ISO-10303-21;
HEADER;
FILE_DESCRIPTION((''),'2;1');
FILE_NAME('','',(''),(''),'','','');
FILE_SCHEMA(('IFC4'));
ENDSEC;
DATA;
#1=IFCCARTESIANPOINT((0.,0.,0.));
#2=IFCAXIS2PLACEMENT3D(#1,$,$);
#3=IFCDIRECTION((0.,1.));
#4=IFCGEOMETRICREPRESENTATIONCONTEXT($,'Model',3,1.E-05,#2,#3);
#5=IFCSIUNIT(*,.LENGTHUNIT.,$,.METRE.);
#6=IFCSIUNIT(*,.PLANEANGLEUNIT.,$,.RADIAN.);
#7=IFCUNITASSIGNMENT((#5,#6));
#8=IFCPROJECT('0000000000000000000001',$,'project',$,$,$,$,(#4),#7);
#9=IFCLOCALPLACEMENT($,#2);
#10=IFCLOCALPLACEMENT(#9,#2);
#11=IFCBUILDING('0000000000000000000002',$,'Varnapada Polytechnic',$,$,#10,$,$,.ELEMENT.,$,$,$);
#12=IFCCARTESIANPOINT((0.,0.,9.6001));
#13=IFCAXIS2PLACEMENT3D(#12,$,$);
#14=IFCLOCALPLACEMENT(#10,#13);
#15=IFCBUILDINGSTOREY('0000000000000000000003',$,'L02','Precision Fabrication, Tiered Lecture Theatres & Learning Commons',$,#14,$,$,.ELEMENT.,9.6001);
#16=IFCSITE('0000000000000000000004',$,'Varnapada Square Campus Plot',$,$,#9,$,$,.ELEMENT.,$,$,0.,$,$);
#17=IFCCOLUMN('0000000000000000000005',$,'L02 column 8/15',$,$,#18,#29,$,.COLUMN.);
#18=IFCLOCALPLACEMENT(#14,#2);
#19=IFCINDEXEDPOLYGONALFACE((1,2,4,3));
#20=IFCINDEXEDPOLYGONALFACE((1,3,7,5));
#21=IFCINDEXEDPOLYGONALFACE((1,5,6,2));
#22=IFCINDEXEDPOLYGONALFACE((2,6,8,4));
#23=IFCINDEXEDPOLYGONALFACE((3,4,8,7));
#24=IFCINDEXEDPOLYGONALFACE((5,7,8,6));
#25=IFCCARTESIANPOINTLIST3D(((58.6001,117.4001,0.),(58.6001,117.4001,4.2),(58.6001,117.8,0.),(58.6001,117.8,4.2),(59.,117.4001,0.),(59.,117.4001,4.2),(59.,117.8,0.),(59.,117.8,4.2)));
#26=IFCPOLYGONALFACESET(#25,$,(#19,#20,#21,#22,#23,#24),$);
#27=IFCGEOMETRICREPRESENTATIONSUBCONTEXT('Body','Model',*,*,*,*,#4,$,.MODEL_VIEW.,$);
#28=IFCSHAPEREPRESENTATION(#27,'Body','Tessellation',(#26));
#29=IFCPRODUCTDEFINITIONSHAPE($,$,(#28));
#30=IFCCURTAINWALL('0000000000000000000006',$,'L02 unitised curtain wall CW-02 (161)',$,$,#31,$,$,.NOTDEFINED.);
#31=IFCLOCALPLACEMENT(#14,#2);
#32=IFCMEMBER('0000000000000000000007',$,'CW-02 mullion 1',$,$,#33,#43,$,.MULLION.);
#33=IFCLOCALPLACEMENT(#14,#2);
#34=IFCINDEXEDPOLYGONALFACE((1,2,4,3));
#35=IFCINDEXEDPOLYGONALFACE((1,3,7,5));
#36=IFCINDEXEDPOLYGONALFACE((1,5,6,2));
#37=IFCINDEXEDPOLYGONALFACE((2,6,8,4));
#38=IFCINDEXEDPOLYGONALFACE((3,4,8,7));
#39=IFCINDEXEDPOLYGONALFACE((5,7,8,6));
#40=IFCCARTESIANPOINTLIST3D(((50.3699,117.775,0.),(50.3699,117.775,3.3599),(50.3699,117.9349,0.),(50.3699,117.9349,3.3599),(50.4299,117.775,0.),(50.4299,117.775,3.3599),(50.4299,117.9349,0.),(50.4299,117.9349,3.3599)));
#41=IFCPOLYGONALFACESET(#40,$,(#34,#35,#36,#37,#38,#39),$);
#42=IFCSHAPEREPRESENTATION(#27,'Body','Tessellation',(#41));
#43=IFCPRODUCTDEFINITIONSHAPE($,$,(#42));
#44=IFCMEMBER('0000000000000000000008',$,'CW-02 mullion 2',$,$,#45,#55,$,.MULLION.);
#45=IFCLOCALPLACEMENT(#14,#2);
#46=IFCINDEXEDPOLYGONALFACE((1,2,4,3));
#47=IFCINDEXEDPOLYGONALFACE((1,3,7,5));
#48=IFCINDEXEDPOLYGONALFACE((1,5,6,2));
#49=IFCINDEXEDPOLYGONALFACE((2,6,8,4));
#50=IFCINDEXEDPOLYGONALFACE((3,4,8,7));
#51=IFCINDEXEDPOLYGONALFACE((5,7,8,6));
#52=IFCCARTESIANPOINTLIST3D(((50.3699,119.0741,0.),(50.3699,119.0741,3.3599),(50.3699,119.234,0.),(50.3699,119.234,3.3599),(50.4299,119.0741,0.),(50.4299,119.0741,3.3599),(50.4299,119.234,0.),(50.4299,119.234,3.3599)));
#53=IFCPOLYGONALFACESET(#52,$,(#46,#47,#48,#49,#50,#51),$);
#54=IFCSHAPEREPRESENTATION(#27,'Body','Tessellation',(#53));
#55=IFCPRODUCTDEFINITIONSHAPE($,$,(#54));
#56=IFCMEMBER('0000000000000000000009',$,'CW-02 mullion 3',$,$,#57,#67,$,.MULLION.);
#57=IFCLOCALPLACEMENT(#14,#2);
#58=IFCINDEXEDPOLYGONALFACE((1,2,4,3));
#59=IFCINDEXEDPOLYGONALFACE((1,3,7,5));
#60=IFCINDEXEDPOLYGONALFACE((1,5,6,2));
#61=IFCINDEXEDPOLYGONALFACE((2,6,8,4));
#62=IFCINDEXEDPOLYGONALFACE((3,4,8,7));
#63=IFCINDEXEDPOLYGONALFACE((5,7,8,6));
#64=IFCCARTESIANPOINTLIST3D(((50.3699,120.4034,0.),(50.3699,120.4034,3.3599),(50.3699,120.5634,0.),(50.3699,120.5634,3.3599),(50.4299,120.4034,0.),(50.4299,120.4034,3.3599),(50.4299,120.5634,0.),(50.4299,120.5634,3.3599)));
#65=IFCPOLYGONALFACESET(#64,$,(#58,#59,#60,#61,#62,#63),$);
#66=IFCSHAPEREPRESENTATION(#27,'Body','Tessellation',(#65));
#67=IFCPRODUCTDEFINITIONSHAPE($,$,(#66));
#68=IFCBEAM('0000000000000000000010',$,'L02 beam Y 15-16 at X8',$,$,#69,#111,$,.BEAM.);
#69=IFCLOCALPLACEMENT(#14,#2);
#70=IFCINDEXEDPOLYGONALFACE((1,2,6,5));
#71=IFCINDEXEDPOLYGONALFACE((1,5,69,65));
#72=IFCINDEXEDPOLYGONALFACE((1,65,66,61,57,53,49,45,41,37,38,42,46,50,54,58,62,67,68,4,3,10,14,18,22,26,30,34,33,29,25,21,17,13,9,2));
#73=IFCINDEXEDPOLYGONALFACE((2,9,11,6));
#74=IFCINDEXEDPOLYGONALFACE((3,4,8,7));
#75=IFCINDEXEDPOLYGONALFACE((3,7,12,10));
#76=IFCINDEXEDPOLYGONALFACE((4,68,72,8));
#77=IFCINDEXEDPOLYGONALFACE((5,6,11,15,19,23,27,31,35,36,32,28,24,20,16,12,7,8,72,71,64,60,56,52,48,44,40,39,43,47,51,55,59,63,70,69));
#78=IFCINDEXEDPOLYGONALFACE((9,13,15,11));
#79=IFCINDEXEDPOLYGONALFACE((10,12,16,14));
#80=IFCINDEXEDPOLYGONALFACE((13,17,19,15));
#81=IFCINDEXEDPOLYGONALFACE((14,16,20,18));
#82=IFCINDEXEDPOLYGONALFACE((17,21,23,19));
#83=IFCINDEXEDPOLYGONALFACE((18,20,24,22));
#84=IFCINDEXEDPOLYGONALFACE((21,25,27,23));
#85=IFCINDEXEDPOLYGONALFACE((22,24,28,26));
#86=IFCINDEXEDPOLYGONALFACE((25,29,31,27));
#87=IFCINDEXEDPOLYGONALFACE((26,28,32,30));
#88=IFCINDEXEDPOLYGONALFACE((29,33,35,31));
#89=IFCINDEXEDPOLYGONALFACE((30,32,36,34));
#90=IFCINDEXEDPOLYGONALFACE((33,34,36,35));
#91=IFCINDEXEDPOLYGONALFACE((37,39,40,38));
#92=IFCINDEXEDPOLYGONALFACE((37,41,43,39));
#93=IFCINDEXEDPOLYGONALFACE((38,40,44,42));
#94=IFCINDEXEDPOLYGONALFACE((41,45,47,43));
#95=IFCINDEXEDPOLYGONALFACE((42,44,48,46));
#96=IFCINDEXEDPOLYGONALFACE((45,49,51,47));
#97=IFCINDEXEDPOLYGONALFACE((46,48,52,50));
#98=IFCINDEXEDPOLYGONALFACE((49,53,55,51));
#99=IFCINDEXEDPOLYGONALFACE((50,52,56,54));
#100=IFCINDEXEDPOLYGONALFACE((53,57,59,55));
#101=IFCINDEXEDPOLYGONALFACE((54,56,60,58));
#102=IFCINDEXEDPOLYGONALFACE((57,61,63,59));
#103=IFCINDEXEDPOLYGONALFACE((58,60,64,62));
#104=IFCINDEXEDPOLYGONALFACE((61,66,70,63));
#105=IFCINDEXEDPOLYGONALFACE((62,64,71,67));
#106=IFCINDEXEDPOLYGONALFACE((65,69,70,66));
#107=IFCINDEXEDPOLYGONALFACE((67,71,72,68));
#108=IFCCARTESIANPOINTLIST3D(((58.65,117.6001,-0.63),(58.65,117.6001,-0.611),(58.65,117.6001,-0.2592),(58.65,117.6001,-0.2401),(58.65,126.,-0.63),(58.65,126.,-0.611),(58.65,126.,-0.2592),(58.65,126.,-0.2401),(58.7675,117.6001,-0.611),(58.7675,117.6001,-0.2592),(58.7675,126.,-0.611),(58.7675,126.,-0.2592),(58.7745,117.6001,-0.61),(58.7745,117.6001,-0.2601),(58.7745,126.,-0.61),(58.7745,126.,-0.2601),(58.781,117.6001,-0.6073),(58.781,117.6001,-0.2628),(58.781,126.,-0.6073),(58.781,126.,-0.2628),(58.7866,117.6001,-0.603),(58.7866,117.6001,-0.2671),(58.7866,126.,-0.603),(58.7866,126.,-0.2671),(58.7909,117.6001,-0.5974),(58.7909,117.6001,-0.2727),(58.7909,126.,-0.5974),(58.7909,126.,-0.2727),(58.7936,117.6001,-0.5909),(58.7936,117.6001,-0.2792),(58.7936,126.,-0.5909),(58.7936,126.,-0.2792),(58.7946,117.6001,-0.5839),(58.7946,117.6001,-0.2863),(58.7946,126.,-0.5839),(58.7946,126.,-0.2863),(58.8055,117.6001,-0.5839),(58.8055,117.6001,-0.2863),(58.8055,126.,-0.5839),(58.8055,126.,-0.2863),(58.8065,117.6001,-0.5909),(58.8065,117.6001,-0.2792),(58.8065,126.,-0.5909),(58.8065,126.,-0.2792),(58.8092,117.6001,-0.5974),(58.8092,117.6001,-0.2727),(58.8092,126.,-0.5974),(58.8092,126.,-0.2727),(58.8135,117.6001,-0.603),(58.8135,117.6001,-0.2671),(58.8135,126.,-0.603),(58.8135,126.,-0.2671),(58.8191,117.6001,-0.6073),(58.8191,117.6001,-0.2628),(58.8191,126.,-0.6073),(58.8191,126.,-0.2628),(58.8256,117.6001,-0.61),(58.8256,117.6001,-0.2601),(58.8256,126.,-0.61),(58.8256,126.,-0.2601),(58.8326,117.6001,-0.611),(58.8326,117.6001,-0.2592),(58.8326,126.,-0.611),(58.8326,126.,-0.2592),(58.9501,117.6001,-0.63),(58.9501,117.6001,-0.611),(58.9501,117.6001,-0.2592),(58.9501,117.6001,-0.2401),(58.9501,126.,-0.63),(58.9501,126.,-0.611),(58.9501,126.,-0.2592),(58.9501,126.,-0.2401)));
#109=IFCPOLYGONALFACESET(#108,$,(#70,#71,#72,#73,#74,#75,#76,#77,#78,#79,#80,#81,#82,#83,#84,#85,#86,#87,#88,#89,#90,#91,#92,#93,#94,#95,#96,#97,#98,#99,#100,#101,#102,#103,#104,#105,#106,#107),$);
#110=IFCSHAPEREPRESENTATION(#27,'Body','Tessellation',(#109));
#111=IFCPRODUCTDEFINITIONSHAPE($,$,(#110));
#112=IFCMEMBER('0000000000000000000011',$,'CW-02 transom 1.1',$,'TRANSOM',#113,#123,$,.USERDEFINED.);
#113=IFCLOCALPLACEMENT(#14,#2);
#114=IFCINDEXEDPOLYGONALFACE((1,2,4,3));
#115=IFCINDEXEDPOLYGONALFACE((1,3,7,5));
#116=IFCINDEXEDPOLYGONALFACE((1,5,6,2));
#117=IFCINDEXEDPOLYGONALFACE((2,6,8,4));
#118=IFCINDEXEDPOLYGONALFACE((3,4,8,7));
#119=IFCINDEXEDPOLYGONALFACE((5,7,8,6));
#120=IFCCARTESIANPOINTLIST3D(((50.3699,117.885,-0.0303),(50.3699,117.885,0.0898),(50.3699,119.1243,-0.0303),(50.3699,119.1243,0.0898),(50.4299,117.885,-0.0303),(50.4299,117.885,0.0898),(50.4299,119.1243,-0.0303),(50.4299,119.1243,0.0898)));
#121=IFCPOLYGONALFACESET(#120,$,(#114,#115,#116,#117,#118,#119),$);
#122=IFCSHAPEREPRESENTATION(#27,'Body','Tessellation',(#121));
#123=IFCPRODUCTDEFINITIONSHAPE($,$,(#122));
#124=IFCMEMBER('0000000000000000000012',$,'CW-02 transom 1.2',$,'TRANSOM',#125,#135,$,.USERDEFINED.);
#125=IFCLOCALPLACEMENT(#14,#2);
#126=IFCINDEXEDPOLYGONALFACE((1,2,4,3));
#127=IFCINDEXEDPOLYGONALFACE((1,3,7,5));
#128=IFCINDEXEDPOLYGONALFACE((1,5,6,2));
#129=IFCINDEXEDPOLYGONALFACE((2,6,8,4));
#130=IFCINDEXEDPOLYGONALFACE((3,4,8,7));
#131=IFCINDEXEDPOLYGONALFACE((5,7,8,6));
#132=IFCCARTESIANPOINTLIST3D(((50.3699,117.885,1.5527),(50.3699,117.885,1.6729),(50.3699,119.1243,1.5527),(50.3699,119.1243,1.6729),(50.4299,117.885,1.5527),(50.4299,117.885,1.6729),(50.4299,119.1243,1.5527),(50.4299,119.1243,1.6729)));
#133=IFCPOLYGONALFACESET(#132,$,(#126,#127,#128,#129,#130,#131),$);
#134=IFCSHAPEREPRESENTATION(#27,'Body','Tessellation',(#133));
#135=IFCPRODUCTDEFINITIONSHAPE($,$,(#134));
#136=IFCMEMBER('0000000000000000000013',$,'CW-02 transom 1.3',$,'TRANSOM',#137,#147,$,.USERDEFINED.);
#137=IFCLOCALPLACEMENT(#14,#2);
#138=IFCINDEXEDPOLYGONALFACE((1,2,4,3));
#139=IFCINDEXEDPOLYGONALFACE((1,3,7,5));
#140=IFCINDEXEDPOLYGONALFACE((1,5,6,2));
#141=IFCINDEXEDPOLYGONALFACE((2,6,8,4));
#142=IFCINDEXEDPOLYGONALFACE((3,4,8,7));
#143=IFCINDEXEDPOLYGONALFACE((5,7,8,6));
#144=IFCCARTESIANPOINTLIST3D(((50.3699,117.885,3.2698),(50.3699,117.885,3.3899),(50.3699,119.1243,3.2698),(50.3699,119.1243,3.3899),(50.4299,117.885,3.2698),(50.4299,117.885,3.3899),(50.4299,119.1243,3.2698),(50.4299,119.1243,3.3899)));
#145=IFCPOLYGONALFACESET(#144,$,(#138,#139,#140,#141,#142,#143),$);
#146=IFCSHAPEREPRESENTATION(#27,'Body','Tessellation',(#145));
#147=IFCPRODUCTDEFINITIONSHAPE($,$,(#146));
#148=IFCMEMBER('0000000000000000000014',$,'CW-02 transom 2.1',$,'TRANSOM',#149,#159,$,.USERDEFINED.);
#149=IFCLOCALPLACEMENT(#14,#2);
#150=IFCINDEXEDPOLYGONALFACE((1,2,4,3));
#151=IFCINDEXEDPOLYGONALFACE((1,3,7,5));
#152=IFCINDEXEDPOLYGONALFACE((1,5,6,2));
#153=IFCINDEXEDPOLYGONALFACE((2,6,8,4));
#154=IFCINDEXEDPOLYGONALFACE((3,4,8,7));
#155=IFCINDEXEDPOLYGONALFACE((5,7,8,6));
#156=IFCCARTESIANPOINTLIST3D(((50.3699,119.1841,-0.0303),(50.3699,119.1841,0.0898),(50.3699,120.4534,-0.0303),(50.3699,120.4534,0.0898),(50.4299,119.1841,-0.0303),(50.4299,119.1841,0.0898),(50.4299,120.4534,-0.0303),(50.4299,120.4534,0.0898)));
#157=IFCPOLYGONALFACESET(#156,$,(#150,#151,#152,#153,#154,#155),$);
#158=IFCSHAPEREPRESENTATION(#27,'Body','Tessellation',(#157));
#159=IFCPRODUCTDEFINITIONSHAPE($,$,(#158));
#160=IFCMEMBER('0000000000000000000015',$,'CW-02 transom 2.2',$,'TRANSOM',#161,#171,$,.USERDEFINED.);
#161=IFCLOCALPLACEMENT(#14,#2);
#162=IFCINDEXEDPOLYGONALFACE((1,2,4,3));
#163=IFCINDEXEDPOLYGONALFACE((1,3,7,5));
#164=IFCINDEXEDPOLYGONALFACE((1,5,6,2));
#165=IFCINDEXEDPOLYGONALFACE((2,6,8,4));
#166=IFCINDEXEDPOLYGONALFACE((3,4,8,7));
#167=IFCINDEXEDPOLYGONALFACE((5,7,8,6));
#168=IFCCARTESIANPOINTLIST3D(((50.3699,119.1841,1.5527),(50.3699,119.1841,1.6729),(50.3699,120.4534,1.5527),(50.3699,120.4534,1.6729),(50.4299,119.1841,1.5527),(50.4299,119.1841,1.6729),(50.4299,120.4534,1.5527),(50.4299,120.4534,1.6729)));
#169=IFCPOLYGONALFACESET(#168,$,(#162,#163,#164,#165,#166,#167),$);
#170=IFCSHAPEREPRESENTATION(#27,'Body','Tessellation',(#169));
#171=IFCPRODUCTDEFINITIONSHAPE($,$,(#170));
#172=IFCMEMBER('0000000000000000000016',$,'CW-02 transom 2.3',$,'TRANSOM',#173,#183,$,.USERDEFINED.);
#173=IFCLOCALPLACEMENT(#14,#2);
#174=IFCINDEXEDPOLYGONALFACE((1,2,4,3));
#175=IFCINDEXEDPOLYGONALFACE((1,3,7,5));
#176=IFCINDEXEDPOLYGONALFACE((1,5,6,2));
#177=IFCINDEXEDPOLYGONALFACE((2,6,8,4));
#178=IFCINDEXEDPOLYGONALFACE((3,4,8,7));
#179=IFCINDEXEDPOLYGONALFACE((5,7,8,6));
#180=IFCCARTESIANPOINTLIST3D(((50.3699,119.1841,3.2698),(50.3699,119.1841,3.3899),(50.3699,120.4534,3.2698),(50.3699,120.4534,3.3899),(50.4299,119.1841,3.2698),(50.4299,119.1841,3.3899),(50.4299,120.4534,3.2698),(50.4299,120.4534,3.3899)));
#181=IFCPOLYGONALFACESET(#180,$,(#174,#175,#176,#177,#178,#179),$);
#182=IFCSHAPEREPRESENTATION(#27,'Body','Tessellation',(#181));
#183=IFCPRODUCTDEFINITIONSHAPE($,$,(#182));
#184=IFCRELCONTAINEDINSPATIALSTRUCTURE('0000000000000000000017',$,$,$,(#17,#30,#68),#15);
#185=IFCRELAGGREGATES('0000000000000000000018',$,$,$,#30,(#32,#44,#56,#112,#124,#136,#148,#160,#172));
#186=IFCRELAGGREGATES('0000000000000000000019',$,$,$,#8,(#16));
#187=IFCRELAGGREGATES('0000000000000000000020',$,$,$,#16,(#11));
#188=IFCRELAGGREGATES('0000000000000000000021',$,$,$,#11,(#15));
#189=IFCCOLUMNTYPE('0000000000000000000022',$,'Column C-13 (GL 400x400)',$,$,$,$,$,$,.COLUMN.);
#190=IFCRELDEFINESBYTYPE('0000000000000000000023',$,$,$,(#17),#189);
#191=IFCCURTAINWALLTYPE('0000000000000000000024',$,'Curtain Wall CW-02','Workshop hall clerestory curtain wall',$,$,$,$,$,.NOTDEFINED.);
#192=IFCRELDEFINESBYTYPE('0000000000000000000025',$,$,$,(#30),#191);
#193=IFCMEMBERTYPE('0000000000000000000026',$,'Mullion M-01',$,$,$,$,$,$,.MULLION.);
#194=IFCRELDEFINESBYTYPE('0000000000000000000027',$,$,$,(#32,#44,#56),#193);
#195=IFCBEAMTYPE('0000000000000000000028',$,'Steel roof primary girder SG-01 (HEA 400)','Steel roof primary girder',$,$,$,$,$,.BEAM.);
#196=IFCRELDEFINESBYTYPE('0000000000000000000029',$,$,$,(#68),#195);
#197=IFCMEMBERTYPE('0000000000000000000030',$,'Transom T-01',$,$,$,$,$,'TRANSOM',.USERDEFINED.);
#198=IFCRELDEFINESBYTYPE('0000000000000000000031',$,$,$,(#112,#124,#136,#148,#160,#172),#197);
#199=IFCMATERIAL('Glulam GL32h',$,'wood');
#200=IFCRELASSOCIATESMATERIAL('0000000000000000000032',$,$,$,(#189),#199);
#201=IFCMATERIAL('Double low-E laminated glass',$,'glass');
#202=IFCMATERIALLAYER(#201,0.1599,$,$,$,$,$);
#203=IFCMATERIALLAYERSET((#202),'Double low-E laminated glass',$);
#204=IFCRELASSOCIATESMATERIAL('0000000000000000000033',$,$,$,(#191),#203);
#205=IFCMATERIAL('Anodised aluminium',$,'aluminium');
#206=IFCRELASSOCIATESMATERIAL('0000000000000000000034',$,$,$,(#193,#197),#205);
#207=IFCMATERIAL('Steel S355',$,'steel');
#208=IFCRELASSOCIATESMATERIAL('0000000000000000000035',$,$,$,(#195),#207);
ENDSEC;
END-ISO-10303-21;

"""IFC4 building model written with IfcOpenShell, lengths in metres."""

from ifc_helpers import new_model, si_unit, direction, frame, origin, origin_2d, place, context, subcontext, project, spatial, rectangle, i_section, extrude, material, layer, layer_set, material_profile, profile_set, type_object, element, aggregate, save


model = new_model("IFC4")

# Units and contexts
model_context = context("Model", 3, precision=1e-05, world=origin(), true_north=direction((0.0, 1.0)))
body_context = subcontext(model_context, "Body", "Model", "MODEL_VIEW")
ifc_project = project(units=[si_unit("LENGTHUNIT", "METRE"), si_unit("PLANEANGLEUNIT", "RADIAN")], contexts=[model_context])

# Site, building, storey
site_placement = place(None, origin())
site = spatial("IfcSite", under=ifc_project, at=site_placement, Name="Varnapada Square Campus Plot", CompositionType="ELEMENT", RefElevation=0.0)
building_placement = place(site_placement, origin())
building = spatial("IfcBuilding", under=site, at=building_placement, Name="Varnapada Polytechnic", CompositionType="ELEMENT")
storey_placement = place(building_placement, frame((0.0, 0.0, 9.6001)))
storey = spatial("IfcBuildingStorey", under=building, at=storey_placement, Name="L02", Description="Precision Fabrication, Tiered Lecture Theatres & Learning Commons", CompositionType="ELEMENT", Elevation=9.6001)

# Column
ifc_material_1 = material(Name="Glulam GL32h", Category="wood")
ifc_material_profile_1 = material_profile(ifc_material_1, rectangle(XDim=0.3999, YDim=0.3999, at=origin_2d()), Name="GL 400x400")
ifc_profile_set_1 = profile_set([ifc_material_profile_1], Name="Glulam GL32h")
column_type = type_object("IfcColumnType", Name="Column C-13 (GL 400x400)", PredefinedType="COLUMN", material=ifc_profile_set_1)
column_placement = place(storey_placement, frame((58.8, 117.6001, 0.0), z_axis=(0.0, 0.0, 1.0), x_axis=(1.0, 0.0, 0.0)))
element("IfcColumn", 1, at=column_placement, inside=storey, type_object=column_type, Name="L02 column 8/15", PredefinedType="COLUMN", context=body_context, shape_type="SweptSolid", body=[
    extrude(rectangle(XDim=0.3999, YDim=0.3999, at=origin_2d()), origin(), (0.0, 0.0, 1.0), 4.2),
])

# Curtain wall, members
ifc_material_2 = material(Name="Double low-E laminated glass", Category="glass")
ifc_layer_1 = layer(ifc_material_2, 0.1599)
ifc_layer_set_1 = layer_set([ifc_layer_1], Name="Double low-E laminated glass")
curtain_wall_type = type_object("IfcCurtainWallType", Name="Curtain Wall CW-02", Description="Workshop hall clerestory curtain wall", PredefinedType="NOTDEFINED", material=ifc_layer_set_1)
curtain_wall_placement = place(storey_placement, origin())
curtain_wall = element("IfcCurtainWall", 2, at=curtain_wall_placement, inside=storey, type_object=curtain_wall_type, Name="L02 unitised curtain wall CW-02 (161)", PredefinedType="NOTDEFINED")
ifc_material_3 = material(Name="Anodised aluminium", Category="aluminium")
ifc_material_profile_2 = material_profile(ifc_material_3, rectangle(XDim=0.0601, YDim=0.1599, at=origin_2d()), Name="ALU M60x160")
ifc_profile_set_2 = profile_set([ifc_material_profile_2], Name="Anodised aluminium")
member_type_1 = type_object("IfcMemberType", Name="Mullion M-01", PredefinedType="MULLION", material=ifc_profile_set_2)
member_1_placement = place(storey_placement, frame((50.3999, 117.855, 0.0), z_axis=(0.0, 0.0, 1.0), x_axis=(-1.0, 0.0, 0.0)))
member_1 = element("IfcMember", 3, at=member_1_placement, type_object=member_type_1, Name="CW-02 mullion 1", PredefinedType="MULLION", context=body_context, shape_type="SweptSolid", body=[
    extrude(rectangle(XDim=0.0601, YDim=0.1599, at=origin_2d()), origin(), (0.0, 0.0, 1.0), 3.3599),
])
member_2_placement = place(storey_placement, frame((50.3999, 119.1541, 0.0), z_axis=(0.0, 0.0, 1.0), x_axis=(-1.0, 0.0, 0.0)))
member_2 = element("IfcMember", 4, at=member_2_placement, type_object=member_type_1, Name="CW-02 mullion 2", PredefinedType="MULLION", context=body_context, shape_type="SweptSolid", body=[
    extrude(rectangle(XDim=0.0601, YDim=0.1599, at=origin_2d()), origin(), (0.0, 0.0, 1.0), 3.3599),
])
member_3_placement = place(storey_placement, frame((50.3999, 120.4834, 0.0), z_axis=(0.0, 0.0, 1.0), x_axis=(-1.0, 0.0, 0.0)))
member_3 = element("IfcMember", 5, at=member_3_placement, type_object=member_type_1, Name="CW-02 mullion 3", PredefinedType="MULLION", context=body_context, shape_type="SweptSolid", body=[
    extrude(rectangle(XDim=0.0601, YDim=0.1599, at=origin_2d()), origin(), (0.0, 0.0, 1.0), 3.3599),
])

# Beam
ifc_material_4 = material(Name="Steel S355", Category="steel")
ifc_material_profile_3 = material_profile(ifc_material_4, i_section(OverallWidth=0.3, OverallDepth=0.3899, WebThickness=0.011, FlangeThickness=0.019, FilletRadius=0.0271, at=origin_2d()), Name="HEA 400")
ifc_profile_set_3 = profile_set([ifc_material_profile_3], Name="Steel S355")
beam_type_1 = type_object("IfcBeamType", Name="Steel roof primary girder SG-01 (HEA 400)", Description="Steel roof primary girder", PredefinedType="BEAM", material=ifc_profile_set_3)
beam_1_placement = place(storey_placement, frame((58.8, 117.6001, -0.4351), z_axis=(0.0, 1.0, 0.0), x_axis=(-1.0, 0.0, 0.0)))
element("IfcBeam", 6, at=beam_1_placement, inside=storey, type_object=beam_type_1, Name="L02 beam Y 15-16 at X8", PredefinedType="BEAM", context=body_context, shape_type="SweptSolid", body=[
    extrude(i_section(OverallWidth=0.3, OverallDepth=0.3899, WebThickness=0.011, FlangeThickness=0.019, FilletRadius=0.0271, at=origin_2d()), origin(), (0.0, 0.0, 1.0), 8.3999),
])

# Members
ifc_material_profile_4 = material_profile(ifc_material_3, rectangle(XDim=0.0601, YDim=0.1201, at=origin_2d()), Name="ALU T60x120")
ifc_profile_set_4 = profile_set([ifc_material_profile_4], Name="Anodised aluminium")
member_type_2 = type_object("IfcMemberType", Name="Transom T-01", ElementType="TRANSOM", PredefinedType="USERDEFINED", material=ifc_profile_set_4)
member_4_placement = place(storey_placement, frame((50.3999, 117.885, 0.0298), z_axis=(0.0, 1.0, 0.0), x_axis=(-1.0, 0.0, 0.0)))
member_4 = element("IfcMember", 7, at=member_4_placement, type_object=member_type_2, Name="CW-02 transom 1.1", ObjectType="TRANSOM", PredefinedType="USERDEFINED", context=body_context, shape_type="SweptSolid", body=[
    extrude(rectangle(XDim=0.0601, YDim=0.1201, at=origin_2d()), origin(), (0.0, 0.0, 1.0), 1.2393),
])
member_5_placement = place(storey_placement, frame((50.3999, 117.885, 1.6128), z_axis=(0.0, 1.0, 0.0), x_axis=(-1.0, 0.0, 0.0)))
member_5 = element("IfcMember", 8, at=member_5_placement, type_object=member_type_2, Name="CW-02 transom 1.2", ObjectType="TRANSOM", PredefinedType="USERDEFINED", context=body_context, shape_type="SweptSolid", body=[
    extrude(rectangle(XDim=0.0601, YDim=0.1201, at=origin_2d()), origin(), (0.0, 0.0, 1.0), 1.2393),
])
member_6_placement = place(storey_placement, frame((50.3999, 117.885, 3.3298), z_axis=(0.0, 1.0, 0.0), x_axis=(-1.0, 0.0, 0.0)))
member_6 = element("IfcMember", 9, at=member_6_placement, type_object=member_type_2, Name="CW-02 transom 1.3", ObjectType="TRANSOM", PredefinedType="USERDEFINED", context=body_context, shape_type="SweptSolid", body=[
    extrude(rectangle(XDim=0.0601, YDim=0.1201, at=origin_2d()), origin(), (0.0, 0.0, 1.0), 1.2393),
])
member_7_placement = place(storey_placement, frame((50.3999, 119.1841, 0.0298), z_axis=(0.0, 1.0, 0.0), x_axis=(-1.0, 0.0, 0.0)))
member_7 = element("IfcMember", 10, at=member_7_placement, type_object=member_type_2, Name="CW-02 transom 2.1", ObjectType="TRANSOM", PredefinedType="USERDEFINED", context=body_context, shape_type="SweptSolid", body=[
    extrude(rectangle(XDim=0.0601, YDim=0.1201, at=origin_2d()), origin(), (0.0, 0.0, 1.0), 1.2693),
])
member_8_placement = place(storey_placement, frame((50.3999, 119.1841, 1.6128), z_axis=(0.0, 1.0, 0.0), x_axis=(-1.0, 0.0, 0.0)))
member_8 = element("IfcMember", 11, at=member_8_placement, type_object=member_type_2, Name="CW-02 transom 2.2", ObjectType="TRANSOM", PredefinedType="USERDEFINED", context=body_context, shape_type="SweptSolid", body=[
    extrude(rectangle(XDim=0.0601, YDim=0.1201, at=origin_2d()), origin(), (0.0, 0.0, 1.0), 1.2693),
])
member_9_placement = place(storey_placement, frame((50.3999, 119.1841, 3.3298), z_axis=(0.0, 1.0, 0.0), x_axis=(-1.0, 0.0, 0.0)))
member_9 = element("IfcMember", 12, at=member_9_placement, type_object=member_type_2, Name="CW-02 transom 2.3", ObjectType="TRANSOM", PredefinedType="USERDEFINED", context=body_context, shape_type="SweptSolid", body=[
    extrude(rectangle(XDim=0.0601, YDim=0.1201, at=origin_2d()), origin(), (0.0, 0.0, 1.0), 1.2693),
])

aggregate(curtain_wall, [member_1, member_2, member_3, member_4, member_5, member_6, member_7, member_8, member_9])

save(model, "model.ifc")
